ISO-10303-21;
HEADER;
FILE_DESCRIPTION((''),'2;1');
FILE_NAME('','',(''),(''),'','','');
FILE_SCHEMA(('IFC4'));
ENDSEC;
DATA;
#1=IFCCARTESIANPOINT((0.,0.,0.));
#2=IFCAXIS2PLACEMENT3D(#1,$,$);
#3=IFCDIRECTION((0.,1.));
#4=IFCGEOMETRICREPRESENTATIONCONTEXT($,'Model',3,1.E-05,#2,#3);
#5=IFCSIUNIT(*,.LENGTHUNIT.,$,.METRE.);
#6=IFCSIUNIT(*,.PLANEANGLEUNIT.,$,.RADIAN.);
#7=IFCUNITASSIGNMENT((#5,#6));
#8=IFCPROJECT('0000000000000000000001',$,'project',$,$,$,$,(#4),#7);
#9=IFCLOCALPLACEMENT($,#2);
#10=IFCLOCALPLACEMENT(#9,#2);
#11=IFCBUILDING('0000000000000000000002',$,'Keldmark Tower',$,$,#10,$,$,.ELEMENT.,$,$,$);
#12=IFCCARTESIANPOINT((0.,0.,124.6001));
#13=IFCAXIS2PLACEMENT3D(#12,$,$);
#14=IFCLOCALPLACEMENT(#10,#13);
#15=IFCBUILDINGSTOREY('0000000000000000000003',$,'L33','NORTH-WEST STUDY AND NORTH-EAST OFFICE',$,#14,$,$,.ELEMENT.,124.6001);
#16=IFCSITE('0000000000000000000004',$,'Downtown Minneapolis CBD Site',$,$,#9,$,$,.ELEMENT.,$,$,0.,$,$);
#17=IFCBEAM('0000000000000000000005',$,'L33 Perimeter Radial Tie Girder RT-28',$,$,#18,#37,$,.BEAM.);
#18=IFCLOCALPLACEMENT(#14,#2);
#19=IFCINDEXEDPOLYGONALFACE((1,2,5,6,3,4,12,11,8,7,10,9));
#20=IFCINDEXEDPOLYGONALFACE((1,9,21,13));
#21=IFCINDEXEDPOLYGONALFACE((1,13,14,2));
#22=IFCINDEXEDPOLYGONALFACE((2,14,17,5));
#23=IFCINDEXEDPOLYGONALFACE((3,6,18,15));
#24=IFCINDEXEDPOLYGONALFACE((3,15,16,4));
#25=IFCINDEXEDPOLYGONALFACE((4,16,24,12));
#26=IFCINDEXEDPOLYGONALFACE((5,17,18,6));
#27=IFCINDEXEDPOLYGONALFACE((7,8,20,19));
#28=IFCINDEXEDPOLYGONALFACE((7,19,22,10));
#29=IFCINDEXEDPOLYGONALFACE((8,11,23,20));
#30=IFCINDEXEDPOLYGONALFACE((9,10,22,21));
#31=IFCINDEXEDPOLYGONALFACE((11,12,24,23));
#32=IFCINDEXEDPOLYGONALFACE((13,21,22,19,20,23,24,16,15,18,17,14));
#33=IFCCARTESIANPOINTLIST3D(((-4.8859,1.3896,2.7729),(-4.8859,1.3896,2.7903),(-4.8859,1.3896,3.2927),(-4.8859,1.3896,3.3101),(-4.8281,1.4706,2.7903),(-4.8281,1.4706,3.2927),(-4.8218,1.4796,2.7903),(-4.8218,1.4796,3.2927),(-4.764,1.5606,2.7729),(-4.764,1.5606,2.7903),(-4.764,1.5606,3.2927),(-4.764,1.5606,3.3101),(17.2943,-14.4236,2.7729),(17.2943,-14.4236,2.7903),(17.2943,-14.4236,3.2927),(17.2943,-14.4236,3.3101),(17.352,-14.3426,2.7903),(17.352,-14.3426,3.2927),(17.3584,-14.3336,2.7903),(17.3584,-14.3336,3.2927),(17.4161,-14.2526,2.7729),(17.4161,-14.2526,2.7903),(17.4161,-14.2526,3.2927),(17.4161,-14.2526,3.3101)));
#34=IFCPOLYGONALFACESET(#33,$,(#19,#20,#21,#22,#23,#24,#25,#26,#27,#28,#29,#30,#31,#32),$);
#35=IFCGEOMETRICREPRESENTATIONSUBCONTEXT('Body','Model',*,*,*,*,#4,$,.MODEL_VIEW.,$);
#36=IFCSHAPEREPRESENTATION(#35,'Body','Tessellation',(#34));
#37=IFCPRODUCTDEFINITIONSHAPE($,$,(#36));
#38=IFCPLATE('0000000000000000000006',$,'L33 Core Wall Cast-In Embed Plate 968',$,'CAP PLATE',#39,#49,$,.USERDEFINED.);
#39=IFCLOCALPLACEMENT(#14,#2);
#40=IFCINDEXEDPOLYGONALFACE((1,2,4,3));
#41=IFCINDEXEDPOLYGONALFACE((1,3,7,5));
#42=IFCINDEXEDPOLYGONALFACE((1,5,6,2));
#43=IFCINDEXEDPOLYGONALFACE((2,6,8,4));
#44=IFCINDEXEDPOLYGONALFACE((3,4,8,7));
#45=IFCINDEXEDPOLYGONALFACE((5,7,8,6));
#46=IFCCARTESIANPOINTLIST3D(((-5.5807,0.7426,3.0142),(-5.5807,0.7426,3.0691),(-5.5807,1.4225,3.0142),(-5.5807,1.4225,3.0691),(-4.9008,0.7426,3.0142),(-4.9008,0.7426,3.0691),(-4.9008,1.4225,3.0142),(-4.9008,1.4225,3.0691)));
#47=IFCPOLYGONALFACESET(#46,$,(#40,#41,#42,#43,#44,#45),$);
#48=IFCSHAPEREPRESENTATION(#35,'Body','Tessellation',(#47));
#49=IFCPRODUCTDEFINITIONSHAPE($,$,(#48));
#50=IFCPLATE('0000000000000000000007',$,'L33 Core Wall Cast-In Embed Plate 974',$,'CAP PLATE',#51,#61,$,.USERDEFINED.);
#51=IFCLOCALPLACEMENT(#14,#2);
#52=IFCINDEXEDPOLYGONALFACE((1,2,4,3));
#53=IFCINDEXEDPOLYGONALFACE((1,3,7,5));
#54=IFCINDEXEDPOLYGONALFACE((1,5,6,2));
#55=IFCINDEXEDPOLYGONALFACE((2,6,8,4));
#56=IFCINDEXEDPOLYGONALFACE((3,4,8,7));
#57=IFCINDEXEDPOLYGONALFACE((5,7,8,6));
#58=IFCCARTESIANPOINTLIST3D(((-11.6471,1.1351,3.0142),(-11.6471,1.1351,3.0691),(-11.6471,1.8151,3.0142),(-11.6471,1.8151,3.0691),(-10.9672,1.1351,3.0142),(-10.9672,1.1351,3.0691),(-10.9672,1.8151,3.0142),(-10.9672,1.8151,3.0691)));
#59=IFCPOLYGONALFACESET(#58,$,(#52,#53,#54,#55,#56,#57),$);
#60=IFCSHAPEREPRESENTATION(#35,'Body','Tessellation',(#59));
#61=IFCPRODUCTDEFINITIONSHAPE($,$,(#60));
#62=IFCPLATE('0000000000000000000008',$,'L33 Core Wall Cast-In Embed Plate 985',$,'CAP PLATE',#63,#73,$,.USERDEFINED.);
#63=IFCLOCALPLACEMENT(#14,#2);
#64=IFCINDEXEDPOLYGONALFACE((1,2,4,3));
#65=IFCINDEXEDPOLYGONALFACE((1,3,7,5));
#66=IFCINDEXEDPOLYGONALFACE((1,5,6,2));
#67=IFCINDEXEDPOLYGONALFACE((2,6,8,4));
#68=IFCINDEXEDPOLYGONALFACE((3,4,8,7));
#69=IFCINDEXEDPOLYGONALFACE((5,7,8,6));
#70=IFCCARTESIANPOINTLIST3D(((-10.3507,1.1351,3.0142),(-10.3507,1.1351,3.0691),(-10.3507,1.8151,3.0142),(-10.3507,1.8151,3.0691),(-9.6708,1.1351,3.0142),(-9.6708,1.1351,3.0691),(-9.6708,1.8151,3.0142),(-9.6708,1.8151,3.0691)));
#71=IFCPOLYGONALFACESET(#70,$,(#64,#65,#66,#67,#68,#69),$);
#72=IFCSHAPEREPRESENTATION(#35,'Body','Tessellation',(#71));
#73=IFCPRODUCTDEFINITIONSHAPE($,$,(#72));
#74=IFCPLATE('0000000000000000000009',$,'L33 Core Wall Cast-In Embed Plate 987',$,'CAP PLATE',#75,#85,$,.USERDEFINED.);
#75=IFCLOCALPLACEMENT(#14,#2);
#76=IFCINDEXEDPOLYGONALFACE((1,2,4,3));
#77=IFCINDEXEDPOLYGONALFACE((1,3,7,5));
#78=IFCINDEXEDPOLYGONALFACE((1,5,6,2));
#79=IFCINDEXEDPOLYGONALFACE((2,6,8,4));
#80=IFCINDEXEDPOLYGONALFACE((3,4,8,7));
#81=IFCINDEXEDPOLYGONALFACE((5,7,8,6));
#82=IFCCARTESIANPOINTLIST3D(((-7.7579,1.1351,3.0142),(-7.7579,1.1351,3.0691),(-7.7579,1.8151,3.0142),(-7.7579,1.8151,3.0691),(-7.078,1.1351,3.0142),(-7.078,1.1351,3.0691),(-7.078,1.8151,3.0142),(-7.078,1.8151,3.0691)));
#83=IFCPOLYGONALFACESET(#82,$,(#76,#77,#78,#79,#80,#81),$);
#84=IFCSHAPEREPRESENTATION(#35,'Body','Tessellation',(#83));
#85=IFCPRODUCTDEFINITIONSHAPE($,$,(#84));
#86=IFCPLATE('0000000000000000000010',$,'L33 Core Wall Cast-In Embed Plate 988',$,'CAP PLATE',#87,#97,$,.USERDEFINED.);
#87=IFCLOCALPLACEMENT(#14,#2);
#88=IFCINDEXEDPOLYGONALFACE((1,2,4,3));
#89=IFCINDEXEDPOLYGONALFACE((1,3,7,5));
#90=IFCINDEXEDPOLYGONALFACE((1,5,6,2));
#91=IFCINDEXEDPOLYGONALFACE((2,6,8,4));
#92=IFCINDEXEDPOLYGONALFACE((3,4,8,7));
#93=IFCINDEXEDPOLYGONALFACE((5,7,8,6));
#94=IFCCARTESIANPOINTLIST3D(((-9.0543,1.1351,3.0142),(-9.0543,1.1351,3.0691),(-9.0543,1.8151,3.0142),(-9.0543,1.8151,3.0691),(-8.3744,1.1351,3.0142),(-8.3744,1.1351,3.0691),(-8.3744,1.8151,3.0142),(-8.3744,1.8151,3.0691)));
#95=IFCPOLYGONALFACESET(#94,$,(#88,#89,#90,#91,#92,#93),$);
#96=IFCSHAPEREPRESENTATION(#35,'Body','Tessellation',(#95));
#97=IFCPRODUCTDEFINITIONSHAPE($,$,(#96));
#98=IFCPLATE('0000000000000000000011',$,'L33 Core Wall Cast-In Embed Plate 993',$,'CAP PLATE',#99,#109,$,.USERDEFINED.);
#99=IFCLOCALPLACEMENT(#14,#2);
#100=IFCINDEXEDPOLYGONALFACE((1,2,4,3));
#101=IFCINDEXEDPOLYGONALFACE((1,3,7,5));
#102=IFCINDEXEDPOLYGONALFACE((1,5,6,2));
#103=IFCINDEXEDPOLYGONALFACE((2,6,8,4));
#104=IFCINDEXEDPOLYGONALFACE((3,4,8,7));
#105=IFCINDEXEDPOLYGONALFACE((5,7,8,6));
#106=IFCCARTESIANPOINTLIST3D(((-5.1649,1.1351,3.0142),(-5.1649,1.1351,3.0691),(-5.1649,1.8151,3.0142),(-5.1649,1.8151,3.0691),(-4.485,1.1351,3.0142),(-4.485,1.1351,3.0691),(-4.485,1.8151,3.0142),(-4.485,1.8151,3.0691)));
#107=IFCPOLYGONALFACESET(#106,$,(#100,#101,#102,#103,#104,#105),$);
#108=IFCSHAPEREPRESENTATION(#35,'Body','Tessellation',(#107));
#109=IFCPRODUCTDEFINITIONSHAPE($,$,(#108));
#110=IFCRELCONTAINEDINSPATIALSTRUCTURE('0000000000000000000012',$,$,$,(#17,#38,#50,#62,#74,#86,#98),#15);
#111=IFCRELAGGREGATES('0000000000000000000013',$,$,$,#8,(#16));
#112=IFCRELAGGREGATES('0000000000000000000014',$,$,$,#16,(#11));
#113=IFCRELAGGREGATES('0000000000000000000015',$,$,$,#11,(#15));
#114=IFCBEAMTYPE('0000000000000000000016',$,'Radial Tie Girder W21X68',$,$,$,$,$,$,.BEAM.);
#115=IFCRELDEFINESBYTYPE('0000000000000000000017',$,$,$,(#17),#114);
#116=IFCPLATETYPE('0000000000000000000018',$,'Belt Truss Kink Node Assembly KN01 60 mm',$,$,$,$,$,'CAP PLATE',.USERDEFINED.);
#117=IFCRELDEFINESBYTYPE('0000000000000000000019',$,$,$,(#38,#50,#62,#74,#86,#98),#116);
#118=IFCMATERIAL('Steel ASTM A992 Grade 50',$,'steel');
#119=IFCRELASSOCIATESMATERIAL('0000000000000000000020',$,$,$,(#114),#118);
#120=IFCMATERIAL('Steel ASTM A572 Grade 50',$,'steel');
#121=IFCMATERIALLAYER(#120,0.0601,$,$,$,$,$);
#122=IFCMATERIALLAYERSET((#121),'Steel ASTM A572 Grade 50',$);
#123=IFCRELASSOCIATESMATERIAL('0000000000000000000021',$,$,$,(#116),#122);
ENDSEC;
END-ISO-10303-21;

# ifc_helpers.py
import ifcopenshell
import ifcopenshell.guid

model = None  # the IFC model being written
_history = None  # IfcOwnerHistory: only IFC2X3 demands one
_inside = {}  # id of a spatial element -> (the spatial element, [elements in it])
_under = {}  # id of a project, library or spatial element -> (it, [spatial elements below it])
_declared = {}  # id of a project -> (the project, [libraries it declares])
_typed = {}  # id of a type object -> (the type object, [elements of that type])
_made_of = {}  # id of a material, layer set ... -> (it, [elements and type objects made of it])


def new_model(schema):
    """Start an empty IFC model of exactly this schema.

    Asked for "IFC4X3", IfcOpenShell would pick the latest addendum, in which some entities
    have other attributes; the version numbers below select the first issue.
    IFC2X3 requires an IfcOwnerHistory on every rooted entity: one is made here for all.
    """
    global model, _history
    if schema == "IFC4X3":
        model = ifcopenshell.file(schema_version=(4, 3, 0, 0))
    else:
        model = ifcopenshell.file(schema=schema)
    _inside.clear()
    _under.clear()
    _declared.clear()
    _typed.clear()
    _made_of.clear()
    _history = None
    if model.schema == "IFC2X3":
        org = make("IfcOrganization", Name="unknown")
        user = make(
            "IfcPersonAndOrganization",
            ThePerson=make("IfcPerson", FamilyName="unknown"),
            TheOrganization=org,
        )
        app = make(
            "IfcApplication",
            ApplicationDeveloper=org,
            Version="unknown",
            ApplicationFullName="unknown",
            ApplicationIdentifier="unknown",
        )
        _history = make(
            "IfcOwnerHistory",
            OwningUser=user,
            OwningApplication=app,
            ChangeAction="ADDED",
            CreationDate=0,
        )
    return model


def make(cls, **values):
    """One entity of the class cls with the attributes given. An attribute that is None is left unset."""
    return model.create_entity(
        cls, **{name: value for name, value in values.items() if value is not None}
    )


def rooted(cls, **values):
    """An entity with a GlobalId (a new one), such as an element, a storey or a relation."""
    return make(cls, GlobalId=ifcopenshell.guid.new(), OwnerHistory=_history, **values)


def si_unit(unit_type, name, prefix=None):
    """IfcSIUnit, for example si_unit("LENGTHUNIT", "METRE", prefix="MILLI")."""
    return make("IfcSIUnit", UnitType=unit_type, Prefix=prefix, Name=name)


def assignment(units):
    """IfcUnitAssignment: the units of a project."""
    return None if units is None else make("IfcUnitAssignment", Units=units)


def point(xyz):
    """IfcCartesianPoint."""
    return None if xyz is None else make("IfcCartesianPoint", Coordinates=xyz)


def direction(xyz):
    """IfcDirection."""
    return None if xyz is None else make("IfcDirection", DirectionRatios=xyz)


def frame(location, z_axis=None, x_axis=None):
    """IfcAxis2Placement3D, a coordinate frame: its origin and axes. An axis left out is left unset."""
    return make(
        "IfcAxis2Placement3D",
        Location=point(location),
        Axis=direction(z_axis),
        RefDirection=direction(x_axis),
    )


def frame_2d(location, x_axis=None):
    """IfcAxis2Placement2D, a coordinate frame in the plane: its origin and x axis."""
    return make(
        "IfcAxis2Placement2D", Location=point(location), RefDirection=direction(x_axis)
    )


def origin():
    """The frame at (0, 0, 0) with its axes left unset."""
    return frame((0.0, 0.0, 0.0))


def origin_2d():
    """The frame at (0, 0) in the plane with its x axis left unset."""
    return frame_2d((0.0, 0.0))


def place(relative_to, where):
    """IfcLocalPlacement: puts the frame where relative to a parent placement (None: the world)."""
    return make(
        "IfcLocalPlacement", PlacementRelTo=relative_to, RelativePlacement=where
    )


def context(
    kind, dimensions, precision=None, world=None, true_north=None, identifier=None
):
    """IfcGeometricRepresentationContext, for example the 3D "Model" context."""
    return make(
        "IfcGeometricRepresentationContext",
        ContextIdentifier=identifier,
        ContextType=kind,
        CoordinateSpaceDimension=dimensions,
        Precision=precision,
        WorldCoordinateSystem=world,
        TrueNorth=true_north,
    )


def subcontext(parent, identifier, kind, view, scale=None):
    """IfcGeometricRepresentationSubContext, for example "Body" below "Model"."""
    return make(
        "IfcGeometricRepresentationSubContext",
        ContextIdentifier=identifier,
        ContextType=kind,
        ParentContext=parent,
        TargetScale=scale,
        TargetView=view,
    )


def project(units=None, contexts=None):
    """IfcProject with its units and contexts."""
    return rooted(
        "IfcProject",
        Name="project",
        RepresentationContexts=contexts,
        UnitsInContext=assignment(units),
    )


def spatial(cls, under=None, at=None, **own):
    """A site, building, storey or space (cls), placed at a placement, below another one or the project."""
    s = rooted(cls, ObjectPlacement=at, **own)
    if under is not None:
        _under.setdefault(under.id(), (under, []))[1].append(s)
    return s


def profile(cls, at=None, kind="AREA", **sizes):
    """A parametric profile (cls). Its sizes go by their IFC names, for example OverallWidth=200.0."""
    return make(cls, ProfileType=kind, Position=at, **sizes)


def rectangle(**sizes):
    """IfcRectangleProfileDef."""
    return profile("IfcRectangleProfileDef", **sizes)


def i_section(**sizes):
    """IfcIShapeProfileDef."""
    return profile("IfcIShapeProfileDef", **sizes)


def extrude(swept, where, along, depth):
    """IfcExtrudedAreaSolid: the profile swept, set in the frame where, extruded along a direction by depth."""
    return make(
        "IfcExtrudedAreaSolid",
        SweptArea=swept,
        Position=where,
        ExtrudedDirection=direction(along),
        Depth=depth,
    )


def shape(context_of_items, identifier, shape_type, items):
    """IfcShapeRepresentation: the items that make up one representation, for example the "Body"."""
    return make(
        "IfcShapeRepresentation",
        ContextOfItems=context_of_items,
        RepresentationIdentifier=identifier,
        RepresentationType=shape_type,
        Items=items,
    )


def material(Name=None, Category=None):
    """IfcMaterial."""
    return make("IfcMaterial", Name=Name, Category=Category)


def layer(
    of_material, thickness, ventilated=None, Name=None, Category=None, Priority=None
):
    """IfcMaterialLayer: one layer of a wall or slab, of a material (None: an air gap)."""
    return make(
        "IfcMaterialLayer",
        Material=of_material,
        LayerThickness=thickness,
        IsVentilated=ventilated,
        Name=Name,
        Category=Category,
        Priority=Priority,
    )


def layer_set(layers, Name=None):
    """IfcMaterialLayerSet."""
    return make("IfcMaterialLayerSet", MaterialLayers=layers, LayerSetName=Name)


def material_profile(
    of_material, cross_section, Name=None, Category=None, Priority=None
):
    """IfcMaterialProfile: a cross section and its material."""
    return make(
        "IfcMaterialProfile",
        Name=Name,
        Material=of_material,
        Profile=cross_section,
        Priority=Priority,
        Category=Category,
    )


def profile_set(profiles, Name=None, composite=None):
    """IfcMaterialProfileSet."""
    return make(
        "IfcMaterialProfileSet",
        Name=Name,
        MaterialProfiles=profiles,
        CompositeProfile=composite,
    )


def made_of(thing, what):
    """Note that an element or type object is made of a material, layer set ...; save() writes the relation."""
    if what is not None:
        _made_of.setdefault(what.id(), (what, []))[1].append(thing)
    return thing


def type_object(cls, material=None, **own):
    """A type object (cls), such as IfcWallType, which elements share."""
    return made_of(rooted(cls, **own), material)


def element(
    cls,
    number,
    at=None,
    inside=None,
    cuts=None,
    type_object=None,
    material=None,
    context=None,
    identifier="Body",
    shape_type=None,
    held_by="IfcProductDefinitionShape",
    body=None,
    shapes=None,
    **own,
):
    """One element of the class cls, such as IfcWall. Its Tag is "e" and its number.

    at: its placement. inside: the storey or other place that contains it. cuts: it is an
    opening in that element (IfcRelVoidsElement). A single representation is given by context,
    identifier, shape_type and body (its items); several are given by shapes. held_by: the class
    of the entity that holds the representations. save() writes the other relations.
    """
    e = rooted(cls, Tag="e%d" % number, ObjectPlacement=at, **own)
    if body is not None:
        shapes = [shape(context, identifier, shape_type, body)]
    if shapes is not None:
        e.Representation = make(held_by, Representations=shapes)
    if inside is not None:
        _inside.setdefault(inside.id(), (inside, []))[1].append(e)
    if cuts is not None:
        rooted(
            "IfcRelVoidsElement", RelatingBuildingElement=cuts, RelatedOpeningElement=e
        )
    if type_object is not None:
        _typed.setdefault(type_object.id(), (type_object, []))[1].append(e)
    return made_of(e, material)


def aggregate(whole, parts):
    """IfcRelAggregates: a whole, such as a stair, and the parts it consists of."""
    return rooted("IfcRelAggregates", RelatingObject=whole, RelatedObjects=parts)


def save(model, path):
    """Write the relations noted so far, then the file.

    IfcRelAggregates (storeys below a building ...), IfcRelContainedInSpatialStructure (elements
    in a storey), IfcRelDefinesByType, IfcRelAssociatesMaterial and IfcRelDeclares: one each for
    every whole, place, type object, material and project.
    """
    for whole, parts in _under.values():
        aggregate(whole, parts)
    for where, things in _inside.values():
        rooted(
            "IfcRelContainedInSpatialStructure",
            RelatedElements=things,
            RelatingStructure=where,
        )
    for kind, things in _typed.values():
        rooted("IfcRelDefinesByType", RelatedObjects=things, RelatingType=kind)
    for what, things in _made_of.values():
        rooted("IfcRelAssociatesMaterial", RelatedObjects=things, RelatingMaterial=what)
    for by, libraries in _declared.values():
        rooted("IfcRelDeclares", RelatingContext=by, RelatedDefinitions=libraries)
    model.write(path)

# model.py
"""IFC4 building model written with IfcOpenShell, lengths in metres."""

from ifc_helpers import new_model, si_unit, direction, frame, origin, origin_2d, place, context, subcontext, project, spatial, rectangle, i_section, extrude, material, layer, layer_set, material_profile, profile_set, type_object, element, save


model = new_model("IFC4")

# Units and contexts
model_context = context("Model", 3, precision=1e-05, world=origin(), true_north=direction((0.0, 1.0)))
body_context = subcontext(model_context, "Body", "Model", "MODEL_VIEW")
ifc_project = project(units=[si_unit("LENGTHUNIT", "METRE"), si_unit("PLANEANGLEUNIT", "RADIAN")], contexts=[model_context])

# Site, building, storey
site_placement = place(None, origin())
site = spatial("IfcSite", under=ifc_project, at=site_placement, Name="Downtown Minneapolis CBD Site", CompositionType="ELEMENT", RefElevation=0.0)
building_placement = place(site_placement, origin())
building = spatial("IfcBuilding", under=site, at=building_placement, Name="Keldmark Tower", CompositionType="ELEMENT")
storey_placement = place(building_placement, frame((0.0, 0.0, 124.6001)))
storey = spatial("IfcBuildingStorey", under=building, at=storey_placement, Name="L33", Description="NORTH-WEST STUDY AND NORTH-EAST OFFICE", CompositionType="ELEMENT", Elevation=124.6001)

# Beam
ifc_material_1 = material(Name="Steel ASTM A992 Grade 50", Category="steel")
ifc_material_profile_1 = material_profile(ifc_material_1, i_section(OverallWidth=0.21, OverallDepth=0.5371, WebThickness=0.011, FlangeThickness=0.0173, at=origin_2d()), Name="W21X68")
ifc_profile_set_1 = profile_set([ifc_material_profile_1], Name="Steel ASTM A992 Grade 50")
beam_type_1 = type_object("IfcBeamType", Name="Radial Tie Girder W21X68", PredefinedType="BEAM", material=ifc_profile_set_1)
beam_1_placement = place(storey_placement, frame((-4.825, 1.4751, 3.0415), z_axis=(0.81425, -0.580515, 0.0), x_axis=(0.580515, 0.81425, 0.0)))
element("IfcBeam", 1, at=beam_1_placement, inside=storey, type_object=beam_type_1, Name="L33 Perimeter Radial Tie Girder RT-28", PredefinedType="BEAM", context=body_context, shape_type="SweptSolid", body=[
    extrude(i_section(OverallWidth=0.21, OverallDepth=0.5371, WebThickness=0.011, FlangeThickness=0.0173, at=origin_2d()), origin(), (0.0, 0.0, 1.0), 27.24),
])

# Plates
ifc_material_2 = material(Name="Steel ASTM A572 Grade 50", Category="steel")
ifc_layer_1 = layer(ifc_material_2, 0.0601)
ifc_layer_set_1 = layer_set([ifc_layer_1], Name="Steel ASTM A572 Grade 50")
plate_type = type_object("IfcPlateType", Name="Belt Truss Kink Node Assembly KN01 60 mm", ElementType="CAP PLATE", PredefinedType="USERDEFINED", material=ifc_layer_set_1)
for number, where, z_axis, x_axis, name in (
    (2, (-5.2407, 1.0825, 3.0142), (0.0, 0.0, 1.0), (1.0, 0.0, 0.0), "L33 Core Wall Cast-In Embed Plate 968"),
    (3, (-11.3071, 1.4751, 3.0142), (0.0, 0.0, 1.0), (1.0, 0.0, 0.0), "L33 Core Wall Cast-In Embed Plate 974"),
    (4, (-10.0107, 1.4751, 3.0142), (0.0, 0.0, 1.0), (1.0, 0.0, 0.0), "L33 Core Wall Cast-In Embed Plate 985"),
    (5, (-7.418, 1.4751, 3.0142), (0.0, 0.0, 1.0), (1.0, 0.0, 0.0), "L33 Core Wall Cast-In Embed Plate 987"),
    (6, (-8.7144, 1.4751, 3.0142), (0.0, 0.0, 1.0), (1.0, 0.0, 0.0), "L33 Core Wall Cast-In Embed Plate 988"),
    (7, (-4.825, 1.4751, 3.0142), (0.0, 0.0, 1.0), (1.0, 0.0, 0.0), "L33 Core Wall Cast-In Embed Plate 993"),
):
    element("IfcPlate", number, at=place(storey_placement, frame(where, z_axis=z_axis, x_axis=x_axis)), inside=storey, type_object=plate_type, Name=name, ObjectType="CAP PLATE", PredefinedType="USERDEFINED", context=body_context, shape_type="SweptSolid", body=[
        extrude(rectangle(XDim=0.6799, YDim=0.6799, at=origin_2d()), origin(), (0.0, 0.0, 1.0), 0.0549),
    ])

save(model, "model.ifc")
